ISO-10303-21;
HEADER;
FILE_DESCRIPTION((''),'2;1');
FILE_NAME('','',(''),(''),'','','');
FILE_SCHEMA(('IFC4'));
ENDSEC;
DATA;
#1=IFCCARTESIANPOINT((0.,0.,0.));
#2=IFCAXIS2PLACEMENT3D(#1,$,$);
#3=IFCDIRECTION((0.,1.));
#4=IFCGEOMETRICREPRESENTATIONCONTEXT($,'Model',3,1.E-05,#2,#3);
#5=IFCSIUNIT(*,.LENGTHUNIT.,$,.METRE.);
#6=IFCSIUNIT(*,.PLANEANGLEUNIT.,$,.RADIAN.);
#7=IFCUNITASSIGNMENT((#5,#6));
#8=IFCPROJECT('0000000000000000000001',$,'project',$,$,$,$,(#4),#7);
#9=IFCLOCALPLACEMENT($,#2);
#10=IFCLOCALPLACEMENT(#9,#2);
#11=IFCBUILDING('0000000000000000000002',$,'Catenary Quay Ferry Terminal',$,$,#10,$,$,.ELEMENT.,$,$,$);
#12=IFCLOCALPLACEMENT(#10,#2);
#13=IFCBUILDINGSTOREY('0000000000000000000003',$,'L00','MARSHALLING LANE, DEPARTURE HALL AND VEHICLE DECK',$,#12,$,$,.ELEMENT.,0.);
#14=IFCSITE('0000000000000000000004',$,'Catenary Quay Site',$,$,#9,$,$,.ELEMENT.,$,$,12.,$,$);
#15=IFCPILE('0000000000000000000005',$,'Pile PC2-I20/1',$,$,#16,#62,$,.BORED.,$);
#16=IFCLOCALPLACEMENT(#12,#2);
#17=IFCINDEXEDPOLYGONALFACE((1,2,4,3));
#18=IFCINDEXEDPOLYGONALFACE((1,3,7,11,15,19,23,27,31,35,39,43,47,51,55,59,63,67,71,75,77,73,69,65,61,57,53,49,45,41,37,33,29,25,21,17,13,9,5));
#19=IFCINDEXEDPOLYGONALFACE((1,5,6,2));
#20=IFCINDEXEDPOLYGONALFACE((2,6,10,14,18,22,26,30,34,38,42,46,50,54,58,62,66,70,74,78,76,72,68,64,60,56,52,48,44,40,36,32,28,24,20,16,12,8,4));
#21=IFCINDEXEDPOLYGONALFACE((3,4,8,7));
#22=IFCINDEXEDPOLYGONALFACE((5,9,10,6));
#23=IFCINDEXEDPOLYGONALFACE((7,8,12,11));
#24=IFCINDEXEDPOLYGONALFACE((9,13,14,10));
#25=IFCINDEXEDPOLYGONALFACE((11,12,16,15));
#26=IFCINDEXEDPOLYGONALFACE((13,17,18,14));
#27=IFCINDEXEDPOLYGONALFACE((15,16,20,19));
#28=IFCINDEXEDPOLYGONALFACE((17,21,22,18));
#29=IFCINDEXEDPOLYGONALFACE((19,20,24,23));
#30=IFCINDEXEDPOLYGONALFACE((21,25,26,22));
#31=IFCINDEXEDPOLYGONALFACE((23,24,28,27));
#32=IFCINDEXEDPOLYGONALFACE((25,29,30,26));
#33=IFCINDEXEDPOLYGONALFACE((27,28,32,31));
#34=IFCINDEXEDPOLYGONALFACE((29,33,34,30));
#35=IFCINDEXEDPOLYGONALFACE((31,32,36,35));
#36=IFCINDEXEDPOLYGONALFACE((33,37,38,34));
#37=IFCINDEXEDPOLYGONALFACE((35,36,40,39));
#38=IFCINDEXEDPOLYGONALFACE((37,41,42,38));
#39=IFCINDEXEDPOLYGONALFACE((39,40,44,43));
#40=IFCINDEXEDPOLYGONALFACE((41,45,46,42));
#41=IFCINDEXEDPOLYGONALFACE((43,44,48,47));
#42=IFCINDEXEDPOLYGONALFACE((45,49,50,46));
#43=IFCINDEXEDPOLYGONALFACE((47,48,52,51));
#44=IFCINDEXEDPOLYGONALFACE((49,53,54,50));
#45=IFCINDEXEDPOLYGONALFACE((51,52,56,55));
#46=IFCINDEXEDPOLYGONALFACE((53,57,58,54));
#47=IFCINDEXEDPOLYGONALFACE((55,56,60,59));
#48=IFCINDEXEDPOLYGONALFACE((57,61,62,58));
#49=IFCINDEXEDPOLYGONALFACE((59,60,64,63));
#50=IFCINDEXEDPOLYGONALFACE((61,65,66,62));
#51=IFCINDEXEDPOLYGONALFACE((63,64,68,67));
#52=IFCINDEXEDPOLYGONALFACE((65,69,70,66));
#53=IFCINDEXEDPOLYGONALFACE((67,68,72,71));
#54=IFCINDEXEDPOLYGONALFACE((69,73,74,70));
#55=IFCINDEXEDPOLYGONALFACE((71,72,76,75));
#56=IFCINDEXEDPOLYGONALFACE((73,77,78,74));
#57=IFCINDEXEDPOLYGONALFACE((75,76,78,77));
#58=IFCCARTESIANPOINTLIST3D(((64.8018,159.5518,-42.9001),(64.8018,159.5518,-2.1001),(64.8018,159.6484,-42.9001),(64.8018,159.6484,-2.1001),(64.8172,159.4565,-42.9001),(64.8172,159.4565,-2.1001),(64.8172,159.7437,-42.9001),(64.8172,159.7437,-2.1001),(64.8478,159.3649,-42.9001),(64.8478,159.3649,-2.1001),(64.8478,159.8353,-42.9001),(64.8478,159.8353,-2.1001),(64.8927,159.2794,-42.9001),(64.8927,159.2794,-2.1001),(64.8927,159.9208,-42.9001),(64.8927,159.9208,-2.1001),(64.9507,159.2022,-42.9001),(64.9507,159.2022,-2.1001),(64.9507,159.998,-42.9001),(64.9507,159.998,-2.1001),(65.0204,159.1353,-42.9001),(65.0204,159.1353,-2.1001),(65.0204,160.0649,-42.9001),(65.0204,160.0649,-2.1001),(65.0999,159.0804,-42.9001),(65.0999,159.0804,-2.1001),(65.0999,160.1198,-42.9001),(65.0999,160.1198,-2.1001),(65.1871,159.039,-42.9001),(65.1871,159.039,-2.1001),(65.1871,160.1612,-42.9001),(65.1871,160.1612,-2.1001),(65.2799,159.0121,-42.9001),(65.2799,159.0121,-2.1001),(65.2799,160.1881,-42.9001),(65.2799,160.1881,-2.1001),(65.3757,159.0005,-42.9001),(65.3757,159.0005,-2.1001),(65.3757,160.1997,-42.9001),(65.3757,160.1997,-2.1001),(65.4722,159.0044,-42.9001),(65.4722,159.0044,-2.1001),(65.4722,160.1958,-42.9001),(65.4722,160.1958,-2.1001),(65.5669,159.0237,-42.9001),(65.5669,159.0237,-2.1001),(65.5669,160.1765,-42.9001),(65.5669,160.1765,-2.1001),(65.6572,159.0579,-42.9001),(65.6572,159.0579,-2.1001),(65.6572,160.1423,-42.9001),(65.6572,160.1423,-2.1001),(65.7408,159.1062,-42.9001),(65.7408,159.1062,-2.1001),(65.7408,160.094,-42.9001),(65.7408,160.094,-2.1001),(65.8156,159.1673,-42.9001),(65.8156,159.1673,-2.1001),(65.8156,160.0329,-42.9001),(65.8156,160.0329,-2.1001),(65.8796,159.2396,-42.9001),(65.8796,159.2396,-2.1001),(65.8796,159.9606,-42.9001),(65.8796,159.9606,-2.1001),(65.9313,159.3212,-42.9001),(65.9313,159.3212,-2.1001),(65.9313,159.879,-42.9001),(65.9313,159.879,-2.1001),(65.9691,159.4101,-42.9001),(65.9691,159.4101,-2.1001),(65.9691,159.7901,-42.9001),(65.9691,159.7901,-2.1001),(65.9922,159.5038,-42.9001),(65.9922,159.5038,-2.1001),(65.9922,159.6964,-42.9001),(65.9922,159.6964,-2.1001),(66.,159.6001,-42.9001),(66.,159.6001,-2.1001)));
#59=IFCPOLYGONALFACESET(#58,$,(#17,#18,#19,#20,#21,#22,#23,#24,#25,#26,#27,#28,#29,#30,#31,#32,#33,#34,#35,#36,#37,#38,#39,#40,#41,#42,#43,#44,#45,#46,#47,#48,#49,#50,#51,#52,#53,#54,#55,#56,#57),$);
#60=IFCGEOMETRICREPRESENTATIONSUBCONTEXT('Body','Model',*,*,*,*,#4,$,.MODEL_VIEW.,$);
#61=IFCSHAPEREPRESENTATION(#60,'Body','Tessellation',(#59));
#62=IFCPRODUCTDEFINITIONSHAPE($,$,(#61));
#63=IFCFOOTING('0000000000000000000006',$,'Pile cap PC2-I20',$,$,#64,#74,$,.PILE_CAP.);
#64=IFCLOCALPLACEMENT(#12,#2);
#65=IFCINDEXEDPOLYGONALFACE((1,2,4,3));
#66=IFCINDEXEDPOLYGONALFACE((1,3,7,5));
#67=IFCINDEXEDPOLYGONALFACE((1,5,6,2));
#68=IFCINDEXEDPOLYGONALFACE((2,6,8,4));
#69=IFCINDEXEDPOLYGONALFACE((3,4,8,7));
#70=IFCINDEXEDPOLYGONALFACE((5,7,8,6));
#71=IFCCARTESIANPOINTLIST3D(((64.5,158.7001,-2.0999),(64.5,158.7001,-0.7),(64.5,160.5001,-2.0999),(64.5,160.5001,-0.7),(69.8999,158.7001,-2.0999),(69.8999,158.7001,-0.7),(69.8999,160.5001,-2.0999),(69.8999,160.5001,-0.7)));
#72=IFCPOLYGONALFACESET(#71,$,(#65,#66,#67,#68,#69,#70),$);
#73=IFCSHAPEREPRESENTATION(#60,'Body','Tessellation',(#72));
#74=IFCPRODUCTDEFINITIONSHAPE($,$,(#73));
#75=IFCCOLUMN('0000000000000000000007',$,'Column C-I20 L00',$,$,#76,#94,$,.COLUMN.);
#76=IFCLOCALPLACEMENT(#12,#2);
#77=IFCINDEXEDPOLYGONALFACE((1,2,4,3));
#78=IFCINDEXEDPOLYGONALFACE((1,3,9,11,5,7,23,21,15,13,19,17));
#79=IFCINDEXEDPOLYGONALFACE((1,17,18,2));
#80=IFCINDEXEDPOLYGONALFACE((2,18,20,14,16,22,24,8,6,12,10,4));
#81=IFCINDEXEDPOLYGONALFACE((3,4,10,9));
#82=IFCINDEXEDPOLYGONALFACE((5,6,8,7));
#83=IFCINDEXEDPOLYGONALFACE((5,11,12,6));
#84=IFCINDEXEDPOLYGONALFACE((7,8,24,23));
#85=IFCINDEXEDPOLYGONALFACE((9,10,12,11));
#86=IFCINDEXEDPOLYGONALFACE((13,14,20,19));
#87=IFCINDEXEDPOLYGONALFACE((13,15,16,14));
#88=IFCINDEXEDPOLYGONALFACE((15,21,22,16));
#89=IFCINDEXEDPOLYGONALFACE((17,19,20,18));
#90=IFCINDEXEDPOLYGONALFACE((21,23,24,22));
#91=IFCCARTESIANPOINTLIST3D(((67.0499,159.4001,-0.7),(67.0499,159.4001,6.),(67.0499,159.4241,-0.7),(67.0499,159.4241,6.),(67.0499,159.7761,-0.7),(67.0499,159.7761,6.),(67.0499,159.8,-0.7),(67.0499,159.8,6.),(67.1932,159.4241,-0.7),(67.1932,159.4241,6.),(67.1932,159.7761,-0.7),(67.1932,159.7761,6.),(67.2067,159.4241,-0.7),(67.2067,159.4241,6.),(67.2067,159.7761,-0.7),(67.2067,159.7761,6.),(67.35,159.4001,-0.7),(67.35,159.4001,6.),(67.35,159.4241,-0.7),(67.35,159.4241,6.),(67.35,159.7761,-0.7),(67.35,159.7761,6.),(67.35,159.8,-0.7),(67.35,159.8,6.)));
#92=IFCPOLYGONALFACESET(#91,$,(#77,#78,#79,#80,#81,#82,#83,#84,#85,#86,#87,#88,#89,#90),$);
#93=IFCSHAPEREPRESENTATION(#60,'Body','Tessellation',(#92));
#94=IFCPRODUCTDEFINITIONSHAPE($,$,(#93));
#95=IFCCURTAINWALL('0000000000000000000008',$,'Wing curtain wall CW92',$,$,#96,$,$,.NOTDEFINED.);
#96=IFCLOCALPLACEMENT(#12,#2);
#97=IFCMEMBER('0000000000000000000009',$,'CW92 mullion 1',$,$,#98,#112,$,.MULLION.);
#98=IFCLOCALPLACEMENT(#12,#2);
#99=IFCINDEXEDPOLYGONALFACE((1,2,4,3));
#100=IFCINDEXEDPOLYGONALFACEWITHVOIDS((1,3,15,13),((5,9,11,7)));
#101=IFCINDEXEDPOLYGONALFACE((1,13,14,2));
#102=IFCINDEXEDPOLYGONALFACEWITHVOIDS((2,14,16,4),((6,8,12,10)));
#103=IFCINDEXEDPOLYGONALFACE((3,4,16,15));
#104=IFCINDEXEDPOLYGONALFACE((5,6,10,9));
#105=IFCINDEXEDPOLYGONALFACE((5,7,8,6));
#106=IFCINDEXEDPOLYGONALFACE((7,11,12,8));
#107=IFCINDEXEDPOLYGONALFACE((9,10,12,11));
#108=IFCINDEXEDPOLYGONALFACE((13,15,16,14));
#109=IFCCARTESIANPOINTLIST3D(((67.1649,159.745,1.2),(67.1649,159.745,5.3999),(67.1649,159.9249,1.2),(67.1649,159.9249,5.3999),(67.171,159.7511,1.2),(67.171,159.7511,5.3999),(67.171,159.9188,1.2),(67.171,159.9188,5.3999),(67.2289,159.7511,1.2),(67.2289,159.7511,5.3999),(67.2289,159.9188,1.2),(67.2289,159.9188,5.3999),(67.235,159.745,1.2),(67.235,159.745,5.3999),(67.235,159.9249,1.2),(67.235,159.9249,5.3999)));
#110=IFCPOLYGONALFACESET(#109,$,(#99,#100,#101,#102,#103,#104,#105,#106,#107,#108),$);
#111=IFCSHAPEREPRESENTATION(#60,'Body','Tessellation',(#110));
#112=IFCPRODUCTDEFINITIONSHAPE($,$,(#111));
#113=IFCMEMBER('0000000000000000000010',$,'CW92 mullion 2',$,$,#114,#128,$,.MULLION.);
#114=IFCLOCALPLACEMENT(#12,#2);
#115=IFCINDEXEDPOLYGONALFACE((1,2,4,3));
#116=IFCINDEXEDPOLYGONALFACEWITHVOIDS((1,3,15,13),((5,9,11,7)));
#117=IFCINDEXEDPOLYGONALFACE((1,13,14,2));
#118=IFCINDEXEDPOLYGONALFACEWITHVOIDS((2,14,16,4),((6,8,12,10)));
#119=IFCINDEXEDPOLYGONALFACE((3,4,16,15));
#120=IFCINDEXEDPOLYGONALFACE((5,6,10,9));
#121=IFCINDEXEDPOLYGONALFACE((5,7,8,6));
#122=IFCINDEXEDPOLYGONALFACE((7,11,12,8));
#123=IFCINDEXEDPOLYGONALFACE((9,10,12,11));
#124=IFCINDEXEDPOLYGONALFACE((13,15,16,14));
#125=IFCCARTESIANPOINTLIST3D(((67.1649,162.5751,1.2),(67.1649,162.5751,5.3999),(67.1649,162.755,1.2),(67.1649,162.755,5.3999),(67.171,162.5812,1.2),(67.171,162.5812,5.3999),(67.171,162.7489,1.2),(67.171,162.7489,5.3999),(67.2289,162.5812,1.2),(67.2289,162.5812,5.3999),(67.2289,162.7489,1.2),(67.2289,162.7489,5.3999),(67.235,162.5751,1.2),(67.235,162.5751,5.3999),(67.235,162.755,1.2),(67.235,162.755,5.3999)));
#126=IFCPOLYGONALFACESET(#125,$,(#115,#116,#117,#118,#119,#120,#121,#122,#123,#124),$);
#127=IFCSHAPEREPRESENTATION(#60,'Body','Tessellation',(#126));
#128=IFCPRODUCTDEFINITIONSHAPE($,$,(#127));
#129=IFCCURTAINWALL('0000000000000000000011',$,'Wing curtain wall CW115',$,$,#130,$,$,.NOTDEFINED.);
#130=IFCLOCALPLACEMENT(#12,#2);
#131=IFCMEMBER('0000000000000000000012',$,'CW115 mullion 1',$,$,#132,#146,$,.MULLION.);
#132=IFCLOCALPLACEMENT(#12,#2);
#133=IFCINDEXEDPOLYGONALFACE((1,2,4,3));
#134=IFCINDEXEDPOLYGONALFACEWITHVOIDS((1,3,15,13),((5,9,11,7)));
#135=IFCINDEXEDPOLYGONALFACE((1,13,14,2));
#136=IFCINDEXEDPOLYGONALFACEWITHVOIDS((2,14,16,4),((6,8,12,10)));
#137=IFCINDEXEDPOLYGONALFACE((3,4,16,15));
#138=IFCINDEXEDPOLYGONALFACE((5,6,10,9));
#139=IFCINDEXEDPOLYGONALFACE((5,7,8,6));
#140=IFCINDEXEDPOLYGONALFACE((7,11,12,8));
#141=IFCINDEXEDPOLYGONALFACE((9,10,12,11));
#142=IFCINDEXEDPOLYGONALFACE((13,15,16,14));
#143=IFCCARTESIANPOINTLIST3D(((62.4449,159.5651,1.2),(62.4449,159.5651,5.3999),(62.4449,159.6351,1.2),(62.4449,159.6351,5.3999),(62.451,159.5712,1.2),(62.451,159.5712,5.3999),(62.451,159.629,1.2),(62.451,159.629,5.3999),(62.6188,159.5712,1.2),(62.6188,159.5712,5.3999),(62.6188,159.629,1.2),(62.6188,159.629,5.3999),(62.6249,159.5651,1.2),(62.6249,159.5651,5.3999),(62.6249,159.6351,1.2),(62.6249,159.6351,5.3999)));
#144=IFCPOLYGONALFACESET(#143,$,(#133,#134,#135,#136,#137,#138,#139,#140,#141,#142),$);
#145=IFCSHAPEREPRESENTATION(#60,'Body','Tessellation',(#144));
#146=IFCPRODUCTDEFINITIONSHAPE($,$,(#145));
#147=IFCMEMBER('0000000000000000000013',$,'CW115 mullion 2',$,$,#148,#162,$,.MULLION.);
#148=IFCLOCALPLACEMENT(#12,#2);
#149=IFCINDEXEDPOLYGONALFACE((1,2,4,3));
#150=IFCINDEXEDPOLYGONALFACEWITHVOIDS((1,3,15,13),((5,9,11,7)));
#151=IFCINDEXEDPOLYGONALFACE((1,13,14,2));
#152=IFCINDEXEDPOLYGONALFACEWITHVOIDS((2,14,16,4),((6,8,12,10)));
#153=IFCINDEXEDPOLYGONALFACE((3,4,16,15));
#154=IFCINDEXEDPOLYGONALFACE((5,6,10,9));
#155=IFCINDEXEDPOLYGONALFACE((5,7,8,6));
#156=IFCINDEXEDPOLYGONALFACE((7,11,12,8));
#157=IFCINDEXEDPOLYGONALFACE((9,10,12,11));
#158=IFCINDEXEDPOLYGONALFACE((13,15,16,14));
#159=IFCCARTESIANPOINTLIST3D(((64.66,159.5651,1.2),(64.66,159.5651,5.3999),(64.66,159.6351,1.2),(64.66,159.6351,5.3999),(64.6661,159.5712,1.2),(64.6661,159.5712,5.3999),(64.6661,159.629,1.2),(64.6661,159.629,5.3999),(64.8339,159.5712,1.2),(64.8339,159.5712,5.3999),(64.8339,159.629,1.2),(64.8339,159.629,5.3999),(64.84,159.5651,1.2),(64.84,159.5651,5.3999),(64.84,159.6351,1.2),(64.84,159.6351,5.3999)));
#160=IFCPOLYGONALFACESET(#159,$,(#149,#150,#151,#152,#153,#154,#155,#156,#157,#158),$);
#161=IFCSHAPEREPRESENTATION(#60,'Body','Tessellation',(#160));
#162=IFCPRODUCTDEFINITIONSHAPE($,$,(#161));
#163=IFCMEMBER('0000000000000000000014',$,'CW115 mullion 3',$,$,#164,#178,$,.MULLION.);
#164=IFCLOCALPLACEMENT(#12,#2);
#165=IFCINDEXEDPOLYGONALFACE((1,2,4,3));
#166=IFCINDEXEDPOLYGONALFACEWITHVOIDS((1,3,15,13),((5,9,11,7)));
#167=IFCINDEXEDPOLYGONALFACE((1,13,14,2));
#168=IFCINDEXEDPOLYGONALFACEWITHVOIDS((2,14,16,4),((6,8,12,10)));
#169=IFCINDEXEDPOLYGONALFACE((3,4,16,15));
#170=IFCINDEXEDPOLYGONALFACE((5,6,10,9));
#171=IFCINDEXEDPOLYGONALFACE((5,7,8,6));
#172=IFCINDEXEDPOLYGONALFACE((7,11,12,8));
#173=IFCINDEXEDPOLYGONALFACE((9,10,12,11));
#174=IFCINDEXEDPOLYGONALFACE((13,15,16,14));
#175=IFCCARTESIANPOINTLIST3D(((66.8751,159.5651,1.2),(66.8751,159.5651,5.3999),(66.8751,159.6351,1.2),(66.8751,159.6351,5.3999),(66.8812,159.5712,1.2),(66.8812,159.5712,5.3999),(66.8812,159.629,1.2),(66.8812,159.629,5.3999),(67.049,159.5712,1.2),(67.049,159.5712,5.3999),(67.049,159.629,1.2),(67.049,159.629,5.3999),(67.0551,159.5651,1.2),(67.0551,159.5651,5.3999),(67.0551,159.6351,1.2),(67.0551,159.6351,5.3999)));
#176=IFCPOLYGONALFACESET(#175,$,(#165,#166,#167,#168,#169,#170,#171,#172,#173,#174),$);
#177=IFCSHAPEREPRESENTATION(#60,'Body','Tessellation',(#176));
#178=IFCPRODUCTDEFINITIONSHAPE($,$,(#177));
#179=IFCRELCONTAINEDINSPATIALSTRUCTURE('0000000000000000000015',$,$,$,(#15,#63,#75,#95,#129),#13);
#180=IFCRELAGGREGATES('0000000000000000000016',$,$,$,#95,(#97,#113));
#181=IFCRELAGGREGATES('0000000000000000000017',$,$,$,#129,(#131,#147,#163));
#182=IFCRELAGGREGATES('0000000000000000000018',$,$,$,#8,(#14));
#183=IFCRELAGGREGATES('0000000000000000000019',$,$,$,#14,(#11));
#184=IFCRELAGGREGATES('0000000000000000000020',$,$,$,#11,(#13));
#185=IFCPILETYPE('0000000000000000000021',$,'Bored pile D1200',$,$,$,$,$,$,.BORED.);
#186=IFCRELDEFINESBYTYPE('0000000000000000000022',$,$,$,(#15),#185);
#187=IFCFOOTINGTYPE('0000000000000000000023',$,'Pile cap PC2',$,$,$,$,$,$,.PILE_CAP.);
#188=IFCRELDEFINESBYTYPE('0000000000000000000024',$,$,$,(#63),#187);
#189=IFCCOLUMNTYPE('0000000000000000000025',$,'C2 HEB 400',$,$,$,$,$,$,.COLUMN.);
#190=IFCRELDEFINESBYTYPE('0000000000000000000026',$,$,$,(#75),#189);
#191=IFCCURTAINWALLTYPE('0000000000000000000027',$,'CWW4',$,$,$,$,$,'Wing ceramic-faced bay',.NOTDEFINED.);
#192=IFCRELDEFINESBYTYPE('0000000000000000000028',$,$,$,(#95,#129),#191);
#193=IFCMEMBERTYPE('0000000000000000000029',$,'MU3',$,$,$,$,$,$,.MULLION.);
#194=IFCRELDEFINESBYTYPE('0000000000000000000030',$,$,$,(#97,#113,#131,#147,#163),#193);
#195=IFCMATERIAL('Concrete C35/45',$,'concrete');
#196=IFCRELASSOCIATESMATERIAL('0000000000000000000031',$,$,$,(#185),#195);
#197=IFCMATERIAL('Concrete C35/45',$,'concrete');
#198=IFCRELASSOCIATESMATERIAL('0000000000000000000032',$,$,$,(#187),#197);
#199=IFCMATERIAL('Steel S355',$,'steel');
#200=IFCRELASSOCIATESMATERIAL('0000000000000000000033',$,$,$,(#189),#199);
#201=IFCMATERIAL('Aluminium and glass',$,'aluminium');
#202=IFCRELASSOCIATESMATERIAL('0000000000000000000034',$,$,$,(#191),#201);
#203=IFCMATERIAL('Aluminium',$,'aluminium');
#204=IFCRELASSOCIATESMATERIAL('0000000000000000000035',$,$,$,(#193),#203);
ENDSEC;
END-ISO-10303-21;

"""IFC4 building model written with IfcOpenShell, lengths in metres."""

from ifc_helpers import new_model, si_unit, direction, frame, origin, origin_2d, place, context, subcontext, project, spatial, rectangle, hollow_rectangle, circle, i_section, extrude, material, material_profile, profile_set, type_object, element, aggregate, save


model = new_model("IFC4")

# Units and contexts
model_context = context("Model", 3, precision=1e-05, world=origin(), true_north=direction((0.0, 1.0)))
body_context = subcontext(model_context, "Body", "Model", "MODEL_VIEW")
ifc_project = project(units=[si_unit("LENGTHUNIT", "METRE"), si_unit("PLANEANGLEUNIT", "RADIAN")], contexts=[model_context])

# Site, building, storey
site_placement = place(None, origin())
site = spatial("IfcSite", under=ifc_project, at=site_placement, Name="Catenary Quay Site", CompositionType="ELEMENT", RefElevation=12.0)
building_placement = place(site_placement, origin())
building = spatial("IfcBuilding", under=site, at=building_placement, Name="Catenary Quay Ferry Terminal", CompositionType="ELEMENT")
storey_placement = place(building_placement, origin())
storey = spatial("IfcBuildingStorey", under=building, at=storey_placement, Name="L00", Description="MARSHALLING LANE, DEPARTURE HALL AND VEHICLE DECK", CompositionType="ELEMENT", Elevation=0.0)

# Pile
ifc_material_1 = material(Name="Concrete C35/45", Category="concrete")
ifc_material_profile_1 = material_profile(ifc_material_1, circle(Radius=0.6001, at=origin_2d()), Name="D1200")
ifc_profile_set_1 = profile_set([ifc_material_profile_1], Name="Concrete C35/45")
pile_type = type_object("IfcPileType", Name="Bored pile D1200", PredefinedType="BORED", material=ifc_profile_set_1)
pile_placement = place(storey_placement, frame((65.3999, 159.6001, -2.1001), z_axis=(0.0, 0.0, -1.0), x_axis=(1.0, 0.0, 0.0)))
element("IfcPile", 1, at=pile_placement, inside=storey, type_object=pile_type, Name="Pile PC2-I20/1", PredefinedType="BORED", context=body_context, shape_type="SweptSolid", body=[
    extrude(circle(Radius=0.6001, at=origin_2d()), origin(), (0.0, 0.0, 1.0), 40.8),
])

# Footing
ifc_material_2 = material(Name="Concrete C35/45", Category="concrete")
footing_type = type_object("IfcFootingType", Name="Pile cap PC2", PredefinedType="PILE_CAP", material=ifc_material_2)
footing_placement = place(storey_placement, frame((67.2, 159.6001, -2.0999), z_axis=(0.0, 0.0, 1.0), x_axis=(1.0, 0.0, 0.0)))
element("IfcFooting", 2, at=footing_placement, inside=storey, type_object=footing_type, Name="Pile cap PC2-I20", PredefinedType="PILE_CAP", context=body_context, shape_type="SweptSolid", body=[
    extrude(rectangle(XDim=5.3999, YDim=1.8, at=origin_2d()), origin(), (0.0, 0.0, 1.0), 1.3999),
])

# Column
ifc_material_3 = material(Name="Steel S355", Category="steel")
ifc_material_profile_2 = material_profile(ifc_material_3, i_section(OverallWidth=0.3, OverallDepth=0.3999, WebThickness=0.0134, FlangeThickness=0.0239, at=origin_2d()), Name="HEB 400")
ifc_profile_set_2 = profile_set([ifc_material_profile_2], Name="Steel S355")
column_type = type_object("IfcColumnType", Name="C2 HEB 400", PredefinedType="COLUMN", material=ifc_profile_set_2)
column_placement = place(storey_placement, frame((67.2, 159.6001, -0.7), z_axis=(0.0, 0.0, 1.0), x_axis=(1.0, 0.0, 0.0)))
element("IfcColumn", 3, at=column_placement, inside=storey, type_object=column_type, Name="Column C-I20 L00", PredefinedType="COLUMN", context=body_context, shape_type="SweptSolid", body=[
    extrude(i_section(OverallWidth=0.3, OverallDepth=0.3999, WebThickness=0.0134, FlangeThickness=0.0239, at=origin_2d()), origin(), (0.0, 0.0, 1.0), 6.7),
])

# Curtain walls, members
ifc_material_4 = material(Name="Aluminium and glass", Category="aluminium")
curtain_wall_type = type_object("IfcCurtainWallType", Name="CWW4", ElementType="Wing ceramic-faced bay", PredefinedType="NOTDEFINED", material=ifc_material_4)
curtain_wall_1_placement = place(storey_placement, origin())
curtain_wall_1 = element("IfcCurtainWall", 4, at=curtain_wall_1_placement, inside=storey, type_object=curtain_wall_type, Name="Wing curtain wall CW92", PredefinedType="NOTDEFINED")
ifc_material_5 = material(Name="Aluminium", Category="aluminium")
ifc_material_profile_3 = material_profile(ifc_material_5, hollow_rectangle(XDim=0.0701, YDim=0.1799, WallThickness=0.0061, at=origin_2d()), Name="MU3")
ifc_profile_set_3 = profile_set([ifc_material_profile_3], Name="Aluminium")
member_type_1 = type_object("IfcMemberType", Name="MU3", PredefinedType="MULLION", material=ifc_profile_set_3)
member_1_placement = place(storey_placement, frame((67.2, 159.835, 1.2), z_axis=(0.0, 0.0, 1.0), x_axis=(-1.0, 0.0, 0.0)))
member_1 = element("IfcMember", 5, at=member_1_placement, type_object=member_type_1, Name="CW92 mullion 1", PredefinedType="MULLION", context=body_context, shape_type="SweptSolid", body=[
    extrude(hollow_rectangle(XDim=0.0701, YDim=0.1799, WallThickness=0.0061, at=origin_2d()), origin(), (0.0, 0.0, 1.0), 4.2),
])
member_2_placement = place(storey_placement, frame((67.2, 162.665, 1.2), z_axis=(0.0, 0.0, 1.0), x_axis=(-1.0, 0.0, 0.0)))
member_2 = element("IfcMember", 6, at=member_2_placement, type_object=member_type_1, Name="CW92 mullion 2", PredefinedType="MULLION", context=body_context, shape_type="SweptSolid", body=[
    extrude(hollow_rectangle(XDim=0.0701, YDim=0.1799, WallThickness=0.0061, at=origin_2d()), origin(), (0.0, 0.0, 1.0), 4.2),
])
curtain_wall_2_placement = place(storey_placement, origin())
curtain_wall_2 = element("IfcCurtainWall", 7, at=curtain_wall_2_placement, inside=storey, type_object=curtain_wall_type, Name="Wing curtain wall CW115", PredefinedType="NOTDEFINED")
member_3_placement = place(storey_placement, frame((62.5349, 159.6001, 1.2), z_axis=(0.0, 0.0, 1.0), x_axis=(0.0, 1.0, 0.0)))
member_3 = element("IfcMember", 8, at=member_3_placement, type_object=member_type_1, Name="CW115 mullion 1", PredefinedType="MULLION", context=body_context, shape_type="SweptSolid", body=[
    extrude(hollow_rectangle(XDim=0.0701, YDim=0.1799, WallThickness=0.0061, at=origin_2d()), origin(), (0.0, 0.0, 1.0), 4.2),
])
member_4_placement = place(storey_placement, frame((64.75, 159.6001, 1.2), z_axis=(0.0, 0.0, 1.0), x_axis=(0.0, 1.0, 0.0)))
member_4 = element("IfcMember", 9, at=member_4_placement, type_object=member_type_1, Name="CW115 mullion 2", PredefinedType="MULLION", context=body_context, shape_type="SweptSolid", body=[
    extrude(hollow_rectangle(XDim=0.0701, YDim=0.1799, WallThickness=0.0061, at=origin_2d()), origin(), (0.0, 0.0, 1.0), 4.2),
])
member_5_placement = place(storey_placement, frame((66.9651, 159.6001, 1.2), z_axis=(0.0, 0.0, 1.0), x_axis=(0.0, 1.0, 0.0)))
member_5 = element("IfcMember", 10, at=member_5_placement, type_object=member_type_1, Name="CW115 mullion 3", PredefinedType="MULLION", context=body_context, shape_type="SweptSolid", body=[
    extrude(hollow_rectangle(XDim=0.0701, YDim=0.1799, WallThickness=0.0061, at=origin_2d()), origin(), (0.0, 0.0, 1.0), 4.2),
])

aggregate(curtain_wall_1, [member_1, member_2])
aggregate(curtain_wall_2, [member_3, member_4, member_5])

save(model, "model.ifc")
